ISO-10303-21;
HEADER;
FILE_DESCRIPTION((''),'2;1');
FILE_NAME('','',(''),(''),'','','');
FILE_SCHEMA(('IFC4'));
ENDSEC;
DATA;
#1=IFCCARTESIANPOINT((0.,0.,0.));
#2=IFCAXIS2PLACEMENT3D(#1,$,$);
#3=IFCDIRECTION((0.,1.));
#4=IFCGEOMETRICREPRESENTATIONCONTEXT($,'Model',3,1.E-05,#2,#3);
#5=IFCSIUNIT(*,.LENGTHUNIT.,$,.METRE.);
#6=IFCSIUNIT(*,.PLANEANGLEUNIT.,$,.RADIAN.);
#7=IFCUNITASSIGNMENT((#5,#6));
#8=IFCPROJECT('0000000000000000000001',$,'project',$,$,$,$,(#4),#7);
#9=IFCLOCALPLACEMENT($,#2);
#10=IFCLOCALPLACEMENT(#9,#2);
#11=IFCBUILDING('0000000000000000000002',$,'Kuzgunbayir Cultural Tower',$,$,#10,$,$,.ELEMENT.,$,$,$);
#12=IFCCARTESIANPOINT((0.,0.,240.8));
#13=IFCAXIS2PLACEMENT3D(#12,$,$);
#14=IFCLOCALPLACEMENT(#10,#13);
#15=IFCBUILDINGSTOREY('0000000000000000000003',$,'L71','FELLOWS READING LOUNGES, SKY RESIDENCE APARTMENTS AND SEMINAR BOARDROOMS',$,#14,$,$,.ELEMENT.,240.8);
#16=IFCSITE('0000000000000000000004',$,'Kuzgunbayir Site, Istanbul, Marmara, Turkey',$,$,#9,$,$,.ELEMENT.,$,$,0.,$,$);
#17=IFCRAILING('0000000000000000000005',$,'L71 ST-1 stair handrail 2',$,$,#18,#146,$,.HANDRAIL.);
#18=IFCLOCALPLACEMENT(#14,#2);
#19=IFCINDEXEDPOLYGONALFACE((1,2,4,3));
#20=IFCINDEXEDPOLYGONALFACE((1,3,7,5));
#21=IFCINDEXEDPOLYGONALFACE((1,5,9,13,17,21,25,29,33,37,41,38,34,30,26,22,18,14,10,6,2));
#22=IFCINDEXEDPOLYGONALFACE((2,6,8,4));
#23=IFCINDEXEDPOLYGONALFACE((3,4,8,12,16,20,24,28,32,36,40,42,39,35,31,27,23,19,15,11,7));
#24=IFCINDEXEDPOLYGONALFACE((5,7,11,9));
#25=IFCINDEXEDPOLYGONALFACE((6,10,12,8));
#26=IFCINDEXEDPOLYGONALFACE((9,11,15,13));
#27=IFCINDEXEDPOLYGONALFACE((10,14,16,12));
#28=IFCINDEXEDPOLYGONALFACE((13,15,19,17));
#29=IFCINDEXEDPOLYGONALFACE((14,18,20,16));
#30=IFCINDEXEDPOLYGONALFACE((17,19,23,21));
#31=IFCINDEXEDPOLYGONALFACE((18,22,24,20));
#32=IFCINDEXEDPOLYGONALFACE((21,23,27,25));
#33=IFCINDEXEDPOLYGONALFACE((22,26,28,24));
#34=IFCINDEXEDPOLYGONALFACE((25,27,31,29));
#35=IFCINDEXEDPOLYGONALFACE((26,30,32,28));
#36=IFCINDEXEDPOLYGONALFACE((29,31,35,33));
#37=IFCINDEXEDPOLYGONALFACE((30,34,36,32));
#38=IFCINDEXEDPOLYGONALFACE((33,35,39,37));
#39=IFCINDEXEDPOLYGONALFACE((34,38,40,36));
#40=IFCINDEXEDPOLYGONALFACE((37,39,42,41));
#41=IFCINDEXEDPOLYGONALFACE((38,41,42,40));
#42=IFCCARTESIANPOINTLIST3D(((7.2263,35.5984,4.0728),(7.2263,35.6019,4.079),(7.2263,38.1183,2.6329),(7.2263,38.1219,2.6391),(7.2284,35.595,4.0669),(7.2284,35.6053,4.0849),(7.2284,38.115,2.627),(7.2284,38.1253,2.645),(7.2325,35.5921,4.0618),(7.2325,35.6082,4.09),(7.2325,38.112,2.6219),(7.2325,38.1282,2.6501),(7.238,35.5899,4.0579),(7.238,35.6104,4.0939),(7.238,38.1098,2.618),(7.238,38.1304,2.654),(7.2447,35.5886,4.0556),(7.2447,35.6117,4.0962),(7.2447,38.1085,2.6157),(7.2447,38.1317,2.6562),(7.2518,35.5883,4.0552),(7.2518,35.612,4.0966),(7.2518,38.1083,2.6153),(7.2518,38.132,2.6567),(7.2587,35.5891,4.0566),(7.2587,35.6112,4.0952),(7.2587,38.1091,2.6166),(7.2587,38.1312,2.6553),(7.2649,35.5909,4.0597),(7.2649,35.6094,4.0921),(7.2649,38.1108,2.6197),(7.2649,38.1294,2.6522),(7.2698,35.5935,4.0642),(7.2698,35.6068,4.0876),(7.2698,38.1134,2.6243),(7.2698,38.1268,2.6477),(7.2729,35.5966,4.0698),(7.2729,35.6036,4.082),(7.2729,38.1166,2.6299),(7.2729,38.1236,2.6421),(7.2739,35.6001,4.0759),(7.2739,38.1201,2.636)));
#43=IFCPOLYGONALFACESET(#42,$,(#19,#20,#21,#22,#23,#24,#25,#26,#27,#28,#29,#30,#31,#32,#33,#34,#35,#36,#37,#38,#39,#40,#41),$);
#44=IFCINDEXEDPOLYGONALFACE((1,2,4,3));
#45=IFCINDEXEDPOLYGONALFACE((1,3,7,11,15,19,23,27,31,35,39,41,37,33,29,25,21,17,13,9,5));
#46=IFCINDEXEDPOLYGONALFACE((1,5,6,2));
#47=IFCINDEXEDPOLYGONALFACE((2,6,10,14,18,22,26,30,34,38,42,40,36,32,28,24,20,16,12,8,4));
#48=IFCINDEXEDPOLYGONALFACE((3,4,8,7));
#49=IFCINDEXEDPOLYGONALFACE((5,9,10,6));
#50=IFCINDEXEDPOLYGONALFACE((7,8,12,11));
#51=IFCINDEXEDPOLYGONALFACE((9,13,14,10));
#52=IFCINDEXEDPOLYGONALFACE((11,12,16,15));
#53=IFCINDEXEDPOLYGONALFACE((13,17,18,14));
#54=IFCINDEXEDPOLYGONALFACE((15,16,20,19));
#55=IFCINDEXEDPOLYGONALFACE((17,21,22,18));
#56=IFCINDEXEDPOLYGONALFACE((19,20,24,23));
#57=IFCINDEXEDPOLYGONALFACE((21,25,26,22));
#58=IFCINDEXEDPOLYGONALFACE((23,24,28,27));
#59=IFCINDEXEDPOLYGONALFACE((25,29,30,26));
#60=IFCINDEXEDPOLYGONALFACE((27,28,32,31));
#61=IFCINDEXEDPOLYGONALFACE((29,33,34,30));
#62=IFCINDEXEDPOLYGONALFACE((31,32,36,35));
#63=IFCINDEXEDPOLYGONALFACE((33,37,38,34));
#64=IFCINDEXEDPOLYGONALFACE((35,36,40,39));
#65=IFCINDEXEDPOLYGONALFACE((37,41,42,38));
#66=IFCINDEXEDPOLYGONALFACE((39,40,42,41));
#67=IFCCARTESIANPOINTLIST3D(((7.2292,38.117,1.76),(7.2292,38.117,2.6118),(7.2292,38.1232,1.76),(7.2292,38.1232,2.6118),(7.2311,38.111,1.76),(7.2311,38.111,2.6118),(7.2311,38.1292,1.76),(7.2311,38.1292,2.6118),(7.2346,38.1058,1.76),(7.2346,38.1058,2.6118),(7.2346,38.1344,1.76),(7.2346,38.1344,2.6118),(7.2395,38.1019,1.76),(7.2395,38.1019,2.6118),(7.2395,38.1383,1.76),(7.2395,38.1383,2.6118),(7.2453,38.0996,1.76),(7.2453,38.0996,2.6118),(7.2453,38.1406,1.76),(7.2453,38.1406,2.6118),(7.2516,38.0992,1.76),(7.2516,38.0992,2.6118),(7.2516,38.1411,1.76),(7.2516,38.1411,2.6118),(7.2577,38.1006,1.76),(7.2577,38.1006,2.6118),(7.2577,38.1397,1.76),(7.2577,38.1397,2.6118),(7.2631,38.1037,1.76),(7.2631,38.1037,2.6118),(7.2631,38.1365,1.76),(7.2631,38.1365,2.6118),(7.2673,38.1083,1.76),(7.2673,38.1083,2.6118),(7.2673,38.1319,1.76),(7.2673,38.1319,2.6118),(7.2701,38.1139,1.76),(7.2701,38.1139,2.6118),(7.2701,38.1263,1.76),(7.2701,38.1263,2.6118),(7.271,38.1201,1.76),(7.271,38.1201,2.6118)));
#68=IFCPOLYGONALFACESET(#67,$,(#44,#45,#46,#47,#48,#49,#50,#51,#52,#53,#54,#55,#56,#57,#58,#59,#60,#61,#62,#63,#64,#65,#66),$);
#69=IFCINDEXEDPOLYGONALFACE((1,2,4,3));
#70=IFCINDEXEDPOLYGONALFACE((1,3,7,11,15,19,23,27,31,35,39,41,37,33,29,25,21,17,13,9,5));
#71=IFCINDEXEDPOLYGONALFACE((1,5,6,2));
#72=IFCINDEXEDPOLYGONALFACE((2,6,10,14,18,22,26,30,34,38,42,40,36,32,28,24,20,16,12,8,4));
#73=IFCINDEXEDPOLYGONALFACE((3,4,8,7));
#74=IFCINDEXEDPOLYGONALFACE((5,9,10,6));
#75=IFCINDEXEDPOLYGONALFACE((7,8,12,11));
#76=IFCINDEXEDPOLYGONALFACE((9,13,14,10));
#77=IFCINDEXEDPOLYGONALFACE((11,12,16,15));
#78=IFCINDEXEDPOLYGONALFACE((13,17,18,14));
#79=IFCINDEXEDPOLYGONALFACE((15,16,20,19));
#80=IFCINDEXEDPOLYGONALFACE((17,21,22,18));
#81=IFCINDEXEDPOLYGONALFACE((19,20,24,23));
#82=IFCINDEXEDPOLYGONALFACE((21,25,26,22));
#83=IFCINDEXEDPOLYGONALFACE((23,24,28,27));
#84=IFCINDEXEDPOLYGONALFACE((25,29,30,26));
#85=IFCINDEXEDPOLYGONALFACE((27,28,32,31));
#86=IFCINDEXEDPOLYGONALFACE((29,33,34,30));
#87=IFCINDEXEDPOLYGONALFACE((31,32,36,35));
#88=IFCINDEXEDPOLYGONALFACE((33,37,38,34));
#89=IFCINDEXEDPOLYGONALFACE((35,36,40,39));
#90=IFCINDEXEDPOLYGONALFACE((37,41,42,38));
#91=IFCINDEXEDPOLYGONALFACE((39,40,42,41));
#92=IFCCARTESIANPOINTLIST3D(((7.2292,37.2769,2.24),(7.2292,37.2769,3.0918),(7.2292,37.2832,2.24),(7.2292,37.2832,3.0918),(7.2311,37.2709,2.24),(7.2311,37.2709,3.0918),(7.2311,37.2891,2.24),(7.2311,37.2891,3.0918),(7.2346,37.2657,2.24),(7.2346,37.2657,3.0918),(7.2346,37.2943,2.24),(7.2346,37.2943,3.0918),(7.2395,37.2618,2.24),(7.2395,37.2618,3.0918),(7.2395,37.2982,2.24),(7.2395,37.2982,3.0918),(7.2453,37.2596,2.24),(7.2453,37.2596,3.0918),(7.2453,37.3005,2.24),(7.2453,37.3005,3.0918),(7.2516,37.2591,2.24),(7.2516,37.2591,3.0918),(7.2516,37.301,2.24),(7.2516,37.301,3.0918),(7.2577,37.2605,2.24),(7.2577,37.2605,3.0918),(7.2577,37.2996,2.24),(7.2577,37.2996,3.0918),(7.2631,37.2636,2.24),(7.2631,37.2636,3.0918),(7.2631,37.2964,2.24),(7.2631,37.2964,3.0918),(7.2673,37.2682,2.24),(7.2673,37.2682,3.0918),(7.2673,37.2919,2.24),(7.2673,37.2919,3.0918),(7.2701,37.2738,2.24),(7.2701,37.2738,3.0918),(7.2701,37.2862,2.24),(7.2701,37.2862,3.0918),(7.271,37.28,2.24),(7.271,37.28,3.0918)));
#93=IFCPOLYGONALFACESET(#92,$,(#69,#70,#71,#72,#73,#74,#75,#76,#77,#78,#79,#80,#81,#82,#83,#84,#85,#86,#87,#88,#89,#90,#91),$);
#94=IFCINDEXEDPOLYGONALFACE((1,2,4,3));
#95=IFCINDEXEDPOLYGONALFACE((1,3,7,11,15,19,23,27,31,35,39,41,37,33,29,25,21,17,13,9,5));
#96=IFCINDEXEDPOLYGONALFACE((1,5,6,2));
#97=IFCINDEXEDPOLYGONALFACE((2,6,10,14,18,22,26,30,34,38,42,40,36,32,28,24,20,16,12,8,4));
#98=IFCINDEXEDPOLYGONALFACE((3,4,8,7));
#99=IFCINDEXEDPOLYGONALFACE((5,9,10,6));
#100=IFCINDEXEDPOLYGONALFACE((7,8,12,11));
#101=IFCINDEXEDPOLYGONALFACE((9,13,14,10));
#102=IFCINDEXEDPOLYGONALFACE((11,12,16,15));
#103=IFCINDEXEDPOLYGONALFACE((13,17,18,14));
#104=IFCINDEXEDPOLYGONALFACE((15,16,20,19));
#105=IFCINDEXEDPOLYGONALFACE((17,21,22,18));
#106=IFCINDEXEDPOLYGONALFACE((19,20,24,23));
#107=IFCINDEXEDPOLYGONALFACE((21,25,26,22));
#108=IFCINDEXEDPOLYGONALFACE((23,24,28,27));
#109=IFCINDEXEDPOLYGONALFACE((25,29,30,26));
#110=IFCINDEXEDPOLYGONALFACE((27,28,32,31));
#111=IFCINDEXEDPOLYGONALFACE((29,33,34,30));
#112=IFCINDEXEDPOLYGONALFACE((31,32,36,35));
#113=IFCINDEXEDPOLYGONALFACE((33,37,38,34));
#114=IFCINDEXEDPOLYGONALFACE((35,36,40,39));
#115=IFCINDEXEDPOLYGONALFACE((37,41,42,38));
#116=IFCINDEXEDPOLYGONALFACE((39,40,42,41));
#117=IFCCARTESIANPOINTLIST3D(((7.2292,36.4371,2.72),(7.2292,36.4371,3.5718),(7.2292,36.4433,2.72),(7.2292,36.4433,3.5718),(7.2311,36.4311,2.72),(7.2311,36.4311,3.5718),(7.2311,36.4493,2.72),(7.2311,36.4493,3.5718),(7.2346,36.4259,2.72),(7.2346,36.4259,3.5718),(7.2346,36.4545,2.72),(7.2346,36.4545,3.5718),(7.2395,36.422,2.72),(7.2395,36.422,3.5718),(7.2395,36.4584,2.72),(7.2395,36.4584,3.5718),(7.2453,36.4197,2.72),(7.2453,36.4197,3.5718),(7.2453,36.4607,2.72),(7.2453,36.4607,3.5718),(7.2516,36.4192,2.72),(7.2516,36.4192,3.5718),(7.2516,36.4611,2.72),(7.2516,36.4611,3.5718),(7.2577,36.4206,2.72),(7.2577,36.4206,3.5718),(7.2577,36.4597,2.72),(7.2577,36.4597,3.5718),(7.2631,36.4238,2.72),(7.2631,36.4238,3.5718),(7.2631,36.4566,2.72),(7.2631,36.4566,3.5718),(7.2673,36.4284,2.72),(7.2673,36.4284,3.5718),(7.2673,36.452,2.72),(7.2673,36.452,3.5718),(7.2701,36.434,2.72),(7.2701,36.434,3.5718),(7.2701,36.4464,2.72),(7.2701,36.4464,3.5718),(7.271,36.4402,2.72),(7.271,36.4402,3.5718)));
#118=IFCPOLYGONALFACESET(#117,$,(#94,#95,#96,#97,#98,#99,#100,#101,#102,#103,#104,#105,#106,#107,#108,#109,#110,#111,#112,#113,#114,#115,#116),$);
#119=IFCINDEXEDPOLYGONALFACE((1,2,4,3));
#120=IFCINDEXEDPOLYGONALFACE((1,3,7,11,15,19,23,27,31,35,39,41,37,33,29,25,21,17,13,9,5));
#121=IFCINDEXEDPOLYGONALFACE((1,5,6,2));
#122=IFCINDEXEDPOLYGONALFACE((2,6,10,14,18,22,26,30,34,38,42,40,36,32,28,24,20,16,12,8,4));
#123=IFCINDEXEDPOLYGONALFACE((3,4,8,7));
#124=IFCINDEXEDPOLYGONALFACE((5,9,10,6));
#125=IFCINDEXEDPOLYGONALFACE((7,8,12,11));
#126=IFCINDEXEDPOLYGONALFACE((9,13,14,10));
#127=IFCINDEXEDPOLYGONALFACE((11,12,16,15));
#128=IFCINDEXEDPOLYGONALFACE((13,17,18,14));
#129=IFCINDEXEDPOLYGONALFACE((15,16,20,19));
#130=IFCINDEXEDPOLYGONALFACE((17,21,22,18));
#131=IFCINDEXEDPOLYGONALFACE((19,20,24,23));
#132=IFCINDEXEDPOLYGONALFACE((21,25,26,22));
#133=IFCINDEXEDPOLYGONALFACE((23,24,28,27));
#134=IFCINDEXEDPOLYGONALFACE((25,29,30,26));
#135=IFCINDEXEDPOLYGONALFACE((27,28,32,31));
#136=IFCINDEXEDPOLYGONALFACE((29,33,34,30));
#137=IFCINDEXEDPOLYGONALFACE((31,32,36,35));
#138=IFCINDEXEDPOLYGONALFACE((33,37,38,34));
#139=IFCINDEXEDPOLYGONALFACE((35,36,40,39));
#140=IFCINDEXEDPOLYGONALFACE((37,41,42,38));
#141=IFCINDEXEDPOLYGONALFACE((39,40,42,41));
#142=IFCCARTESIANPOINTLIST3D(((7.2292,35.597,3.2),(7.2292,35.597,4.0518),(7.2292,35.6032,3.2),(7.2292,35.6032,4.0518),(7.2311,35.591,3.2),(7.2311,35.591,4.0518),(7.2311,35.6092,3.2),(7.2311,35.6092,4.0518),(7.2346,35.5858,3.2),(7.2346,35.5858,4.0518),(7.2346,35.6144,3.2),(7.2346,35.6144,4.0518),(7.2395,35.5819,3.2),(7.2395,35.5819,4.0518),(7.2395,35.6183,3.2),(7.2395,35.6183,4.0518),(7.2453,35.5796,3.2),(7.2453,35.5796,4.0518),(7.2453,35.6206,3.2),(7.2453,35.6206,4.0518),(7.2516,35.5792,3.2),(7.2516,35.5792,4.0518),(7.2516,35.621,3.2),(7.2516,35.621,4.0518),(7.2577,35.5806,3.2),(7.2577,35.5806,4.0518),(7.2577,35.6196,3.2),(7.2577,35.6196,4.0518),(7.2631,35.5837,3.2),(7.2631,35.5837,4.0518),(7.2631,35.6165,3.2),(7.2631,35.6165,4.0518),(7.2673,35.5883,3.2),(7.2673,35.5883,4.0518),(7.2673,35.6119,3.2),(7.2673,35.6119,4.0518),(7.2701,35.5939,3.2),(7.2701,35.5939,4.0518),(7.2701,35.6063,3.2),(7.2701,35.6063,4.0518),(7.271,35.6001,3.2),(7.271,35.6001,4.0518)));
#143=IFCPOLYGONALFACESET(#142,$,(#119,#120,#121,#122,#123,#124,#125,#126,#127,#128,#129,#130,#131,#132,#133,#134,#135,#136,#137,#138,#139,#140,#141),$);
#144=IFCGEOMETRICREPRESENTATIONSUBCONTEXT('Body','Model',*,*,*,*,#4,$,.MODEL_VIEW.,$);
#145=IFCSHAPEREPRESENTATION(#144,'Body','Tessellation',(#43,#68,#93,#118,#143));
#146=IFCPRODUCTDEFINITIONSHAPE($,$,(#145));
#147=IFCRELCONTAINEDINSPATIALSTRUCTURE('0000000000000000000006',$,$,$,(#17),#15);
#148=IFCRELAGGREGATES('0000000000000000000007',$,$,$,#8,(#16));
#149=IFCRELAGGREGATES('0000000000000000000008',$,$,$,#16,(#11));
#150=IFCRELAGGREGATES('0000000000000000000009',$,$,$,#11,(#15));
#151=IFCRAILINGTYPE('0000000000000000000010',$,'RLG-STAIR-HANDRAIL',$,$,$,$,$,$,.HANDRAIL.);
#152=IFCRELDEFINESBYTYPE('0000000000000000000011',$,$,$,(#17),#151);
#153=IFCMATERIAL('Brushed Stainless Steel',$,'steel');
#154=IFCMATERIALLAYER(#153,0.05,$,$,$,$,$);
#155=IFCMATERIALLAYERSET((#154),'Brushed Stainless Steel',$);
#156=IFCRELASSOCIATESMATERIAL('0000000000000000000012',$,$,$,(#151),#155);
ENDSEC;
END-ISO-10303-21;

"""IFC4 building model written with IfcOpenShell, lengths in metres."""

from ifc_helpers import new_model, si_unit, direction, frame, origin, origin_2d, place, context, subcontext, project, spatial, circle, extrude, material, layer, layer_set, type_object, element, save


model = new_model("IFC4")

# Units and contexts
model_context = context("Model", 3, precision=1e-05, world=origin(), true_north=direction((0.0, 1.0)))
body_context = subcontext(model_context, "Body", "Model", "MODEL_VIEW")
ifc_project = project(units=[si_unit("LENGTHUNIT", "METRE"), si_unit("PLANEANGLEUNIT", "RADIAN")], contexts=[model_context])

# Site, building, storey
site_placement = place(None, origin())
site = spatial("IfcSite", under=ifc_project, at=site_placement, Name="Kuzgunbayir Site, Istanbul, Marmara, Turkey", CompositionType="ELEMENT", RefElevation=0.0)
building_placement = place(site_placement, origin())
building = spatial("IfcBuilding", under=site, at=building_placement, Name="Kuzgunbayir Cultural Tower", CompositionType="ELEMENT")
storey_placement = place(building_placement, frame((0.0, 0.0, 240.8)))
storey = spatial("IfcBuildingStorey", under=building, at=storey_placement, Name="L71", Description="FELLOWS READING LOUNGES, SKY RESIDENCE APARTMENTS AND SEMINAR BOARDROOMS", CompositionType="ELEMENT", Elevation=240.8)

# Shared definitions
ifc_material_1 = material(Name="Brushed Stainless Steel", Category="steel")

# Railing
ifc_layer_1 = layer(ifc_material_1, 0.05)
ifc_layer_set_1 = layer_set([ifc_layer_1], Name="Brushed Stainless Steel")
railing_type_1 = type_object("IfcRailingType", Name="RLG-STAIR-HANDRAIL", PredefinedType="HANDRAIL", material=ifc_layer_set_1)
railing_1_placement = place(storey_placement, frame((7.25, 38.1201, 1.76)))
element("IfcRailing", 1, at=railing_1_placement, inside=storey, type_object=railing_type_1, Name="L71 ST-1 stair handrail 2", PredefinedType="HANDRAIL", context=body_context, shape_type="SweptSolid", body=[
    extrude(circle(Radius=0.0239, at=origin_2d()), frame((0.0, 0.0, 0.876), z_axis=(0.0, -0.868253, 0.496121), x_axis=(1.0, 0.0, 0.0)), (0.0, 0.0, 1.0), 2.9023),
    extrude(circle(Radius=0.021, at=origin_2d()), origin(), (0.0, 0.0, 1.0), 0.8518),
    extrude(circle(Radius=0.021, at=origin_2d()), frame((0.0, -0.8401, 0.48)), (0.0, 0.0, 1.0), 0.8518),
    extrude(circle(Radius=0.021, at=origin_2d()), frame((0.0, -1.6799, 0.96)), (0.0, 0.0, 1.0), 0.8518),
    extrude(circle(Radius=0.021, at=origin_2d()), frame((0.0, -2.52, 1.4399)), (0.0, 0.0, 1.0), 0.8518),
])

save(model, "model.ifc")
